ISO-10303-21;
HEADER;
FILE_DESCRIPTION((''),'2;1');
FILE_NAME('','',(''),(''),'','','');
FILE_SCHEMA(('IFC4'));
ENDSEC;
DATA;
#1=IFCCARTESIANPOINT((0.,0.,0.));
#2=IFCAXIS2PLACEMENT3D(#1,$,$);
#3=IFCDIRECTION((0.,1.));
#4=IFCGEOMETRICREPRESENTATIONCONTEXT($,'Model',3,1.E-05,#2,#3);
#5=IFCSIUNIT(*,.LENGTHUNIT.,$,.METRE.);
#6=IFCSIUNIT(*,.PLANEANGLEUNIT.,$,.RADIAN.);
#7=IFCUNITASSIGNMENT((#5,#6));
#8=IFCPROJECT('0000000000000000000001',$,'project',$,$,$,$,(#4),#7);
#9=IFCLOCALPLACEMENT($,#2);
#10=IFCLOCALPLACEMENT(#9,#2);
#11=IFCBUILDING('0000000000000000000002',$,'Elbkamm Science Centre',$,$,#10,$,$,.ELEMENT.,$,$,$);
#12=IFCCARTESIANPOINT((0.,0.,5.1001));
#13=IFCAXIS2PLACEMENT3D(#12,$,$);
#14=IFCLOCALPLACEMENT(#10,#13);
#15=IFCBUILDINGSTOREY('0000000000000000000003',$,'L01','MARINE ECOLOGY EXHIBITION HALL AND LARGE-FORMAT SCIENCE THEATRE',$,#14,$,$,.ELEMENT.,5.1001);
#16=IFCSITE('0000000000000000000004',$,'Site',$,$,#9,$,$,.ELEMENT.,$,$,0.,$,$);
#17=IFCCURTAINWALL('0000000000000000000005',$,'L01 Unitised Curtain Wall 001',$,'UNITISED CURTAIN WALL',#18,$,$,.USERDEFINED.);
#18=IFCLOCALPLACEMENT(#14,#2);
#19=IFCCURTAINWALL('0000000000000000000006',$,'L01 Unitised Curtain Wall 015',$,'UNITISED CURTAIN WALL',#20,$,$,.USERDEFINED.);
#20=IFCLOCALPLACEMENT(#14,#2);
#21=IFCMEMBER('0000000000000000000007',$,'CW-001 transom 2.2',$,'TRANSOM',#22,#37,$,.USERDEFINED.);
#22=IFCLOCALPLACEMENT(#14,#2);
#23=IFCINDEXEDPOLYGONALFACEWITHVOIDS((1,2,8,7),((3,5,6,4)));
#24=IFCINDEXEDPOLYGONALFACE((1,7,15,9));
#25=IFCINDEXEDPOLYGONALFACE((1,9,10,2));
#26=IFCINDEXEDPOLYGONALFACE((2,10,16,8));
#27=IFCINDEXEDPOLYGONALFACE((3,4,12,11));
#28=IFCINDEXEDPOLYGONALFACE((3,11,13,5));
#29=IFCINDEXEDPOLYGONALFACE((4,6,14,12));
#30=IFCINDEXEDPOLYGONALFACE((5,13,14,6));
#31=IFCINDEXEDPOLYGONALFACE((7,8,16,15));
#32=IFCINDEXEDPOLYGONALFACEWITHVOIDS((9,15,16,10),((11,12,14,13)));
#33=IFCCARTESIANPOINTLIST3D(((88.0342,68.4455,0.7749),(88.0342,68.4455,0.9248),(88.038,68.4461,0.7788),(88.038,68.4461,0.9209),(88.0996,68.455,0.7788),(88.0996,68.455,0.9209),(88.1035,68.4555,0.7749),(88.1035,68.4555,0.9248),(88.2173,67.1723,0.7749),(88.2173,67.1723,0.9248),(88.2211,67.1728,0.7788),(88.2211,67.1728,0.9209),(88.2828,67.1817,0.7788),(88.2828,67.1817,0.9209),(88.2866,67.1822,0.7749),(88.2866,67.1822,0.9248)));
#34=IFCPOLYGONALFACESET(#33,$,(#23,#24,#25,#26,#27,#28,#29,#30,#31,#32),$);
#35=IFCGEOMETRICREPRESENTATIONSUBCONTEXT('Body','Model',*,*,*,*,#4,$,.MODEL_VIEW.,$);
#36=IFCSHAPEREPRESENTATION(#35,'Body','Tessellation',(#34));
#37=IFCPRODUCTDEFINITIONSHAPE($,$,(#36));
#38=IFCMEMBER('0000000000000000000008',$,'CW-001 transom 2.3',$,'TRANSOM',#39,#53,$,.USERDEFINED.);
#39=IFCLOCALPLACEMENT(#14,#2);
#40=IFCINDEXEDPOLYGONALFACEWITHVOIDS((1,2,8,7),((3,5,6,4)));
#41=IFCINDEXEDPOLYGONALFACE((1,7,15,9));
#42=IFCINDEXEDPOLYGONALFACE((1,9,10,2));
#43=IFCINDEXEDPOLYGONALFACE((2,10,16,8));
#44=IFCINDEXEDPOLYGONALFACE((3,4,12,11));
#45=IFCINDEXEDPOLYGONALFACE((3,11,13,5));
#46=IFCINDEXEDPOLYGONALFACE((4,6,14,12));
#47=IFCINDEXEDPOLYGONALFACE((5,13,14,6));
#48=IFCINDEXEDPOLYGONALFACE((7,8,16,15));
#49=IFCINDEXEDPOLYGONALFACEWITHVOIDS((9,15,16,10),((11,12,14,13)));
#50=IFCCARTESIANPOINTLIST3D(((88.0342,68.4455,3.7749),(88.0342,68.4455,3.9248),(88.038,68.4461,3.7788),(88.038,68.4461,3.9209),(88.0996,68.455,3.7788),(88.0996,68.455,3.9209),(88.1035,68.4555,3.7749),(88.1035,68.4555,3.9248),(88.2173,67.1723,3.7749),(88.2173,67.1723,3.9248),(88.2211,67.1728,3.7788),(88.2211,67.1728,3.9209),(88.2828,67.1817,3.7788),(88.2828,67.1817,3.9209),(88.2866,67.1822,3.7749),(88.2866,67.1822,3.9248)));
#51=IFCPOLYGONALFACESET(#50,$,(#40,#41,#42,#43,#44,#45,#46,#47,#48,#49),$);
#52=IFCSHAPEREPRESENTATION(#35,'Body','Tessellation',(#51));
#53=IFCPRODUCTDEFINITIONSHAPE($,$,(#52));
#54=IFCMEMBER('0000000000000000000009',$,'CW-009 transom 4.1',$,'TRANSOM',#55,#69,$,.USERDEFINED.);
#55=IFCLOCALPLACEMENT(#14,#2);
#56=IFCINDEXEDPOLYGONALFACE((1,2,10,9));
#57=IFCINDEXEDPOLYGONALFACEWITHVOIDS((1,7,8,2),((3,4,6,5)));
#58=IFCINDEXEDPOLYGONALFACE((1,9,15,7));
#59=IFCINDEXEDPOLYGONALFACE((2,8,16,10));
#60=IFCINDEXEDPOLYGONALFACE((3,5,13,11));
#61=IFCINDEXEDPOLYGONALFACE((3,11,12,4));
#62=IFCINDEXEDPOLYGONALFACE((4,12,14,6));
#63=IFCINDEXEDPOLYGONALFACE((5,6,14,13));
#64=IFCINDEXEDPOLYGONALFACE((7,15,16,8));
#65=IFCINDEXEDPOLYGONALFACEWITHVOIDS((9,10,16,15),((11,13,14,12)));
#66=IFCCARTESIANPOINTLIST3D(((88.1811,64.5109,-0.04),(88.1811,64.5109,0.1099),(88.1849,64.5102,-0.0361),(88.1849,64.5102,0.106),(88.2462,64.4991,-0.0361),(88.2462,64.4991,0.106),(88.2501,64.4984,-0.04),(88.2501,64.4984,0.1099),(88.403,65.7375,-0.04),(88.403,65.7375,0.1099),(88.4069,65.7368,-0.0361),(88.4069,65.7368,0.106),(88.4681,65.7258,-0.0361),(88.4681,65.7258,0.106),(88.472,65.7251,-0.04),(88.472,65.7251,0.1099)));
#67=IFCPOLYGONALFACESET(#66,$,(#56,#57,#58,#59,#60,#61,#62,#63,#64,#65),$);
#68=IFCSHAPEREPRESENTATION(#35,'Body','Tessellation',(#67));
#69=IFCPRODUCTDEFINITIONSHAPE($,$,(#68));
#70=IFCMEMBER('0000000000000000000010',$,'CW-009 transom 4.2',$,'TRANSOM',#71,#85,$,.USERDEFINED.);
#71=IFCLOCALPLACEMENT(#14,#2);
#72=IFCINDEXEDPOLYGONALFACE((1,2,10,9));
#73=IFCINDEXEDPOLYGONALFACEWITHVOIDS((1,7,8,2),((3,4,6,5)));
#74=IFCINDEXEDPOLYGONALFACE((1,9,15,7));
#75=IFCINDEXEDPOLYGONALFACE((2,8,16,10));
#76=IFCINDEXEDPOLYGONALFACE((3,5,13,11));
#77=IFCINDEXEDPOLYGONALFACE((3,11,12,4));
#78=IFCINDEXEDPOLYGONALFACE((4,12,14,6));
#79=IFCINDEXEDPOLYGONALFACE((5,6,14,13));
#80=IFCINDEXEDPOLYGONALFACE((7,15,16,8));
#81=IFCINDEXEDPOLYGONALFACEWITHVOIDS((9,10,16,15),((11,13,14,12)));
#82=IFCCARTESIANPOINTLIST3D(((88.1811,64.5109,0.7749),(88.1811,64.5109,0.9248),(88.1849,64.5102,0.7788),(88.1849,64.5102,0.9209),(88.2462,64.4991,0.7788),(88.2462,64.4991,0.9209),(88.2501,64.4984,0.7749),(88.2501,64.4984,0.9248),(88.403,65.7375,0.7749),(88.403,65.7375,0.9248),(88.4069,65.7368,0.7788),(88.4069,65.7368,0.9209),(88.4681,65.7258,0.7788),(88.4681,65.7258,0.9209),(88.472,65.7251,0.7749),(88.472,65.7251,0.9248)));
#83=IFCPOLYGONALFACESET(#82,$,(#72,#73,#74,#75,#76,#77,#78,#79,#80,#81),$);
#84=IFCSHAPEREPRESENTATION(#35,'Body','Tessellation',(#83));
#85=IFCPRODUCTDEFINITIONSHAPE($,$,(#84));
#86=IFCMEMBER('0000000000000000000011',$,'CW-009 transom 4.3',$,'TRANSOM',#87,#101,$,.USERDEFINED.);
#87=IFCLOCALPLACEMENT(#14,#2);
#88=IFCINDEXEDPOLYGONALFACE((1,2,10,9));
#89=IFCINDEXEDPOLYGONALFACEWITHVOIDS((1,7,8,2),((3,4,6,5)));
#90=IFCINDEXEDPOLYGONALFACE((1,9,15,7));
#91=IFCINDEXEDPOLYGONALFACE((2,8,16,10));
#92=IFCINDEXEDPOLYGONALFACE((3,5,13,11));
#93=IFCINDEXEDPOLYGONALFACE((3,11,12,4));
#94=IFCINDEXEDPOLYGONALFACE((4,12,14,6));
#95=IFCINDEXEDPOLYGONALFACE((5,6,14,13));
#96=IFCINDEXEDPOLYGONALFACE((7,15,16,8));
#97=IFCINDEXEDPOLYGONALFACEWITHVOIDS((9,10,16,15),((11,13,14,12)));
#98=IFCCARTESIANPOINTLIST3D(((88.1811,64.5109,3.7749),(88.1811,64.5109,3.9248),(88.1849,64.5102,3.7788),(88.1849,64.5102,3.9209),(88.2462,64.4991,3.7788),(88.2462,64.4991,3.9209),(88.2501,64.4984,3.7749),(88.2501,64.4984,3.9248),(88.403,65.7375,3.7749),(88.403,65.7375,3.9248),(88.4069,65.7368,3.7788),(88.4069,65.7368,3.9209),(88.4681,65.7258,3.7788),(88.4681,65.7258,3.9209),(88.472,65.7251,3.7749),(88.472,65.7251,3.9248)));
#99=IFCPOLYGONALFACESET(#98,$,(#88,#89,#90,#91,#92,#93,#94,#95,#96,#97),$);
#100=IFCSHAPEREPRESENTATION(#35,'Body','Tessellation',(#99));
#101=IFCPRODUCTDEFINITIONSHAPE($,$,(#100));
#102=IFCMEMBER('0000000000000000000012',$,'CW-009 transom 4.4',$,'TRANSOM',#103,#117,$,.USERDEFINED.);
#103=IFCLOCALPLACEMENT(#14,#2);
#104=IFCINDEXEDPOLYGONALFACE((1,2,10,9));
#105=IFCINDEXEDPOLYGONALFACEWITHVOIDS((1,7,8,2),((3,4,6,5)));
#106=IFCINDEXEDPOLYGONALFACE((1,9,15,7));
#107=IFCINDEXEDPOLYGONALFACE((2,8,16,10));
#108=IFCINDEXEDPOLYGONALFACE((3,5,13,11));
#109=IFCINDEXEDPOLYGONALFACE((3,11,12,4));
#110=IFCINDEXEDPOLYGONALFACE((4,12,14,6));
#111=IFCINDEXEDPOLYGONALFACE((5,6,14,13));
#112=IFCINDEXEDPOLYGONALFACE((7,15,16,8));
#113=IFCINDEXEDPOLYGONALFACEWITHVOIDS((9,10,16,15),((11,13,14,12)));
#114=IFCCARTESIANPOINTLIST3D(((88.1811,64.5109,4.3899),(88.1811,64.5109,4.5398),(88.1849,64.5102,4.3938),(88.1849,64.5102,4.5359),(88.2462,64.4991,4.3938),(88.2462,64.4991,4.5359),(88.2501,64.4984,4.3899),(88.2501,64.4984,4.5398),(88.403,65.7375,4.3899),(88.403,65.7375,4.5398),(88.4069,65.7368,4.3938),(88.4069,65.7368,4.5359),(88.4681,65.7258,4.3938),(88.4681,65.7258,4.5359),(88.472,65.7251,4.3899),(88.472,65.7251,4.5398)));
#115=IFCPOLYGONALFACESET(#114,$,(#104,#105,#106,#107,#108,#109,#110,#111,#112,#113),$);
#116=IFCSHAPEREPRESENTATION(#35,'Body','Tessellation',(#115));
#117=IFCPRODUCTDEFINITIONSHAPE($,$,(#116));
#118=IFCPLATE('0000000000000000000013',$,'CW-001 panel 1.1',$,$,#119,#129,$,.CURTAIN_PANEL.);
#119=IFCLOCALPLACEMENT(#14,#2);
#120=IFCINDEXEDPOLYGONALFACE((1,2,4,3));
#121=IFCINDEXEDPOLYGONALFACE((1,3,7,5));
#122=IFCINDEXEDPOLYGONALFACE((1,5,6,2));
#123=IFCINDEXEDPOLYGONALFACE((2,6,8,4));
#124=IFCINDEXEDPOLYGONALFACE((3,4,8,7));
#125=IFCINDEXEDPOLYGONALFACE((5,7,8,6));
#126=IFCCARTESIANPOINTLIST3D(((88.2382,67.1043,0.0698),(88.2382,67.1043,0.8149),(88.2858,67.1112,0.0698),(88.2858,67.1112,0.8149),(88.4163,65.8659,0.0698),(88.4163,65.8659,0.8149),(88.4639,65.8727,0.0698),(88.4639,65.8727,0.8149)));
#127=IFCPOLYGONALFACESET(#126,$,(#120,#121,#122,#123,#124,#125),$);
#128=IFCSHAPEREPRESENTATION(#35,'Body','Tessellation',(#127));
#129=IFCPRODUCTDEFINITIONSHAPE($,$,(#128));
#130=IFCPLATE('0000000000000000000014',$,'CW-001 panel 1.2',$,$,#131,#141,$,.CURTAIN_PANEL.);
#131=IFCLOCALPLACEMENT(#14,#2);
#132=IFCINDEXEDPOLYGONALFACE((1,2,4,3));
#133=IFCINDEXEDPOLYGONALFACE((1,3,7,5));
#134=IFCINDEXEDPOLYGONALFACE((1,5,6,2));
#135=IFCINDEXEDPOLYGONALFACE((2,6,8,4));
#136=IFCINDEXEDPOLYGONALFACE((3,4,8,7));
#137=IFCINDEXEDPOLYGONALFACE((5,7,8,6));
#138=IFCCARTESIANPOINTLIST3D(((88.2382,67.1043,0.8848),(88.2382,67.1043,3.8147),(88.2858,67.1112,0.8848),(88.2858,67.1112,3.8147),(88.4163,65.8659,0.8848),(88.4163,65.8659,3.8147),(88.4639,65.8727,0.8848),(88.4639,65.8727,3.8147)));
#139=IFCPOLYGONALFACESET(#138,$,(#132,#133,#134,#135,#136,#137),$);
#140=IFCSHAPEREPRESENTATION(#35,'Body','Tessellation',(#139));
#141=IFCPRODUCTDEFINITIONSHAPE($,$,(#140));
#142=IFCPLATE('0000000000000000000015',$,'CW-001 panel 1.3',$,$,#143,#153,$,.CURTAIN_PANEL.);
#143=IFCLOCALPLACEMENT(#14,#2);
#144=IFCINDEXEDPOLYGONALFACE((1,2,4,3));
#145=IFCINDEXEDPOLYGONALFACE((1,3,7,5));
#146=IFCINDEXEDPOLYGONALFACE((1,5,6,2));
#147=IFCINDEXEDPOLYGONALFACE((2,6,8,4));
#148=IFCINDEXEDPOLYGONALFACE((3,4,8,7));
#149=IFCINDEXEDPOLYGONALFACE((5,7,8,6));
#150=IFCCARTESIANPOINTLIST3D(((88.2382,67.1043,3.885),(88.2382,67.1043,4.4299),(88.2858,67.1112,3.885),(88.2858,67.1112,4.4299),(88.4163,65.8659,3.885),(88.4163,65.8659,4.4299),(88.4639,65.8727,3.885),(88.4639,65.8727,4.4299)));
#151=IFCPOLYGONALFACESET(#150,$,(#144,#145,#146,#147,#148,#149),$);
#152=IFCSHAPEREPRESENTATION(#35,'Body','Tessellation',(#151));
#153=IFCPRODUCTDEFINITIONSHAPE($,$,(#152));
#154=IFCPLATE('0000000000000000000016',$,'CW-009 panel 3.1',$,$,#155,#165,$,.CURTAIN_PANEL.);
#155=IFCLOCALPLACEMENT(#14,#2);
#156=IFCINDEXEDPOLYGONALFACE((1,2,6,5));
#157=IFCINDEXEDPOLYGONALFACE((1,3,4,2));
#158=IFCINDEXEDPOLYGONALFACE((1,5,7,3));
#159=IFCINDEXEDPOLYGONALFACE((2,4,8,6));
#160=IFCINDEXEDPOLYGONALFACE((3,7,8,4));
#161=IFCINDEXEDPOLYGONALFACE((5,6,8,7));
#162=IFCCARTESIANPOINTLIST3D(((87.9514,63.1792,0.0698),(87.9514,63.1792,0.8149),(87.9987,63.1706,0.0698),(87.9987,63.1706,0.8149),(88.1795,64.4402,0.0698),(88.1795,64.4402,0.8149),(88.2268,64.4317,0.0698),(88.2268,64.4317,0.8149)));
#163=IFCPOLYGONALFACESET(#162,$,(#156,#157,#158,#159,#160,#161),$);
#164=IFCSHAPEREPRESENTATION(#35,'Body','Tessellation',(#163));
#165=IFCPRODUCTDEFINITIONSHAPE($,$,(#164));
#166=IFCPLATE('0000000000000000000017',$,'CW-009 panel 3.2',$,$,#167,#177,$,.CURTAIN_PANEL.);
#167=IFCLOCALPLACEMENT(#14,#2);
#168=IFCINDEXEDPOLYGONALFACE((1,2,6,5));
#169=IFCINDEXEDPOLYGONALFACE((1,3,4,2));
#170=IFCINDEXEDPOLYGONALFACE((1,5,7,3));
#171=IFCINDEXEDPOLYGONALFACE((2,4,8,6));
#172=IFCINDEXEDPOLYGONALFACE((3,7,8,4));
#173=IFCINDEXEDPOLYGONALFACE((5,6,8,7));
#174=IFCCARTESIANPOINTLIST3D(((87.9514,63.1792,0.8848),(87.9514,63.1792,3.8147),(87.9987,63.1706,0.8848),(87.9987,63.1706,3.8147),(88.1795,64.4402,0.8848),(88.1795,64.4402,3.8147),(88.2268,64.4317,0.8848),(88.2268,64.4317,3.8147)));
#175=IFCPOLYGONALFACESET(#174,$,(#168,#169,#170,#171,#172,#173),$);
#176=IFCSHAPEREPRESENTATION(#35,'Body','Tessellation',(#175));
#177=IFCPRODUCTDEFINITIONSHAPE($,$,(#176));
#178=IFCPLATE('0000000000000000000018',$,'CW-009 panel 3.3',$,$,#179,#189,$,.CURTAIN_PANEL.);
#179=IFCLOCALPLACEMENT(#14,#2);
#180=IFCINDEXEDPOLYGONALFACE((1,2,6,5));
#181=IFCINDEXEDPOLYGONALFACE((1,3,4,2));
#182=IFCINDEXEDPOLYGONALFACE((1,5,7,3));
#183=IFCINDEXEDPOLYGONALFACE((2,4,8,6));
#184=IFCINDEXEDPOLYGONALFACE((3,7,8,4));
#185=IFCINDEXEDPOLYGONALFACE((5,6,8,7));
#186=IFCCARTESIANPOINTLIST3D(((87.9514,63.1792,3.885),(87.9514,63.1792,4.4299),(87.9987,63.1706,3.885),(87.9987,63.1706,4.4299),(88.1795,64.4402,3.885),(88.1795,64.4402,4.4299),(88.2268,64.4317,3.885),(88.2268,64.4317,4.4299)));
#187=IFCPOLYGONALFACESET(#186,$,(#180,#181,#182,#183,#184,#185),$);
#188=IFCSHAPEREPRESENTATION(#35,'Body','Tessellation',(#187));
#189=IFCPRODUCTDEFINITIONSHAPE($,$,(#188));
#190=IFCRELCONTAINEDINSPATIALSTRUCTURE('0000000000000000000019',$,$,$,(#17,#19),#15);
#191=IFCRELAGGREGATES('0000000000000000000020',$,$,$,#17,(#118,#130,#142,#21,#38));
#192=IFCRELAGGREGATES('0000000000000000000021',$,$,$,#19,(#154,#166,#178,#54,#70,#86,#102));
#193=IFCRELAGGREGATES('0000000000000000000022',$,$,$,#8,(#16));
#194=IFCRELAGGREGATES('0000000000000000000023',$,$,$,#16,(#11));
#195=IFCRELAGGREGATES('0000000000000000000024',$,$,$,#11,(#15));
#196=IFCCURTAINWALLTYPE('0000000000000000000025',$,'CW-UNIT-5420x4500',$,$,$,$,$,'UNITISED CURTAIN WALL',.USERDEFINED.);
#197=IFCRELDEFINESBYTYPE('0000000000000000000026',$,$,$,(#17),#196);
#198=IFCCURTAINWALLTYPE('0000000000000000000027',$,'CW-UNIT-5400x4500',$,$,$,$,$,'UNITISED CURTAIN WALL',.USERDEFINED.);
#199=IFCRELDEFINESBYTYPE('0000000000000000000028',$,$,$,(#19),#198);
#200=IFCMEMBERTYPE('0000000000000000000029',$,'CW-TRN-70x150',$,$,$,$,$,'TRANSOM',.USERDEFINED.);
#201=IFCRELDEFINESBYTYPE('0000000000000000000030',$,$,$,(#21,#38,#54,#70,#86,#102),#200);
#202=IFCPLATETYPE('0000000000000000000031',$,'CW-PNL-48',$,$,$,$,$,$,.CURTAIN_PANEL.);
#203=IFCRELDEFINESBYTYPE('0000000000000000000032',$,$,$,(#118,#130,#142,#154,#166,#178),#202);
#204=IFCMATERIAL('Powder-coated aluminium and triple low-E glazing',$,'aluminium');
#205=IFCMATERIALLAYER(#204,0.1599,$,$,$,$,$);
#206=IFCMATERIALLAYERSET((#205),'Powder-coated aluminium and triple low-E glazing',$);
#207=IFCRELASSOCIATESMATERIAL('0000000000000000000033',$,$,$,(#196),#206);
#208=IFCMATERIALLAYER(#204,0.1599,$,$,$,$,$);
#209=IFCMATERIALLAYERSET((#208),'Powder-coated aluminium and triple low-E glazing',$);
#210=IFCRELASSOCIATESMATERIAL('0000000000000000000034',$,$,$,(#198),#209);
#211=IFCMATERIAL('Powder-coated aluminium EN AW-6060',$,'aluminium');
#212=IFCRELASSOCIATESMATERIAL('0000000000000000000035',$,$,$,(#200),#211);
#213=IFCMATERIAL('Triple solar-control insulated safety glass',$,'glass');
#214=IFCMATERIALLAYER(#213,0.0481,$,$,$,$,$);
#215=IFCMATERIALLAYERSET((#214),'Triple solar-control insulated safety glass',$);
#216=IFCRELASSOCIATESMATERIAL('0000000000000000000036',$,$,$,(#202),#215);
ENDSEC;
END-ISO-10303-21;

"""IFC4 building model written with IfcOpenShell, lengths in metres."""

from ifc_helpers import new_model, si_unit, direction, frame, origin, origin_2d, place, context, subcontext, project, spatial, rectangle, hollow_rectangle, extrude, material, layer, layer_set, material_profile, profile_set, type_object, element, aggregate, save


model = new_model("IFC4")

# Units and contexts
model_context = context("Model", 3, precision=1e-05, world=origin(), true_north=direction((0.0, 1.0)))
body_context = subcontext(model_context, "Body", "Model", "MODEL_VIEW")
ifc_project = project(units=[si_unit("LENGTHUNIT", "METRE"), si_unit("PLANEANGLEUNIT", "RADIAN")], contexts=[model_context])

# Site, building, storey
site_placement = place(None, origin())
site = spatial("IfcSite", under=ifc_project, at=site_placement, Name="Site", CompositionType="ELEMENT", RefElevation=0.0)
building_placement = place(site_placement, origin())
building = spatial("IfcBuilding", under=site, at=building_placement, Name="Elbkamm Science Centre", CompositionType="ELEMENT")
storey_placement = place(building_placement, frame((0.0, 0.0, 5.1001)))
storey = spatial("IfcBuildingStorey", under=building, at=storey_placement, Name="L01", Description="MARINE ECOLOGY EXHIBITION HALL AND LARGE-FORMAT SCIENCE THEATRE", CompositionType="ELEMENT", Elevation=5.1001)

# Curtain walls
ifc_material_1 = material(Name="Powder-coated aluminium and triple low-E glazing", Category="aluminium")
ifc_layer_1 = layer(ifc_material_1, 0.1599)
ifc_layer_set_1 = layer_set([ifc_layer_1], Name="Powder-coated aluminium and triple low-E glazing")
curtain_wall_type_1 = type_object("IfcCurtainWallType", Name="CW-UNIT-5420x4500", ElementType="UNITISED CURTAIN WALL", PredefinedType="USERDEFINED", material=ifc_layer_set_1)
curtain_wall_1_placement = place(storey_placement, origin())
curtain_wall_1 = element("IfcCurtainWall", 1, at=curtain_wall_1_placement, inside=storey, type_object=curtain_wall_type_1, Name="L01 Unitised Curtain Wall 001", ObjectType="UNITISED CURTAIN WALL", PredefinedType="USERDEFINED")
ifc_material_2 = material(Name="Powder-coated aluminium EN AW-6060", Category="aluminium")
ifc_layer_2 = layer(ifc_material_1, 0.1599)
ifc_layer_set_2 = layer_set([ifc_layer_2], Name="Powder-coated aluminium and triple low-E glazing")
curtain_wall_type_2 = type_object("IfcCurtainWallType", Name="CW-UNIT-5400x4500", ElementType="UNITISED CURTAIN WALL", PredefinedType="USERDEFINED", material=ifc_layer_set_2)
curtain_wall_2_placement = place(storey_placement, origin())
curtain_wall_2 = element("IfcCurtainWall", 2, at=curtain_wall_2_placement, inside=storey, type_object=curtain_wall_type_2, Name="L01 Unitised Curtain Wall 015", ObjectType="UNITISED CURTAIN WALL", PredefinedType="USERDEFINED")

# Members
ifc_material_profile_1 = material_profile(ifc_material_2, hollow_rectangle(XDim=0.0701, YDim=0.1499, WallThickness=0.0039, at=origin_2d()), Name="ALU T70x150")
ifc_profile_set_1 = profile_set([ifc_material_profile_1], Name="Powder-coated aluminium EN AW-6060")
member_type_1 = type_object("IfcMemberType", Name="CW-TRN-70x150", ElementType="TRANSOM", PredefinedType="USERDEFINED", material=ifc_profile_set_1)
member_1_placement = place(storey_placement, frame((88.252, 67.1772, 0.8499), z_axis=(-0.142351, 0.989816, 0.0), x_axis=(-0.989816, -0.142351, 0.0)))
member_1 = element("IfcMember", 3, at=member_1_placement, type_object=member_type_1, Name="CW-001 transom 2.2", ObjectType="TRANSOM", PredefinedType="USERDEFINED", context=body_context, shape_type="SweptSolid", body=[
    extrude(hollow_rectangle(XDim=0.0701, YDim=0.1499, WallThickness=0.0039, at=origin_2d()), origin(), (0.0, 0.0, 1.0), 1.2864),
])
member_2_placement = place(storey_placement, frame((88.252, 67.1772, 3.8499), z_axis=(-0.142351, 0.989816, 0.0), x_axis=(-0.989816, -0.142351, 0.0)))
member_2 = element("IfcMember", 4, at=member_2_placement, type_object=member_type_1, Name="CW-001 transom 2.3", ObjectType="TRANSOM", PredefinedType="USERDEFINED", context=body_context, shape_type="SweptSolid", body=[
    extrude(hollow_rectangle(XDim=0.0701, YDim=0.1499, WallThickness=0.0039, at=origin_2d()), origin(), (0.0, 0.0, 1.0), 1.2864),
])
member_3_placement = place(storey_placement, frame((88.2156, 64.5046, 0.0349), z_axis=(0.178041, 0.984023, 0.0), x_axis=(-0.984023, 0.178041, 0.0)))
member_3 = element("IfcMember", 5, at=member_3_placement, type_object=member_type_1, Name="CW-009 transom 4.1", ObjectType="TRANSOM", PredefinedType="USERDEFINED", context=body_context, shape_type="SweptSolid", body=[
    extrude(hollow_rectangle(XDim=0.0701, YDim=0.1499, WallThickness=0.0039, at=origin_2d()), origin(), (0.0, 0.0, 1.0), 1.2466),
])
member_4_placement = place(storey_placement, frame((88.2156, 64.5046, 0.8499), z_axis=(0.178041, 0.984023, 0.0), x_axis=(-0.984023, 0.178041, 0.0)))
member_4 = element("IfcMember", 6, at=member_4_placement, type_object=member_type_1, Name="CW-009 transom 4.2", ObjectType="TRANSOM", PredefinedType="USERDEFINED", context=body_context, shape_type="SweptSolid", body=[
    extrude(hollow_rectangle(XDim=0.0701, YDim=0.1499, WallThickness=0.0039, at=origin_2d()), origin(), (0.0, 0.0, 1.0), 1.2466),
])
member_5_placement = place(storey_placement, frame((88.2156, 64.5046, 3.8499), z_axis=(0.178041, 0.984023, 0.0), x_axis=(-0.984023, 0.178041, 0.0)))
member_5 = element("IfcMember", 7, at=member_5_placement, type_object=member_type_1, Name="CW-009 transom 4.3", ObjectType="TRANSOM", PredefinedType="USERDEFINED", context=body_context, shape_type="SweptSolid", body=[
    extrude(hollow_rectangle(XDim=0.0701, YDim=0.1499, WallThickness=0.0039, at=origin_2d()), origin(), (0.0, 0.0, 1.0), 1.2466),
])
member_6_placement = place(storey_placement, frame((88.2156, 64.5046, 4.4648), z_axis=(0.178041, 0.984023, 0.0), x_axis=(-0.984023, 0.178041, 0.0)))
member_6 = element("IfcMember", 8, at=member_6_placement, type_object=member_type_1, Name="CW-009 transom 4.4", ObjectType="TRANSOM", PredefinedType="USERDEFINED", context=body_context, shape_type="SweptSolid", body=[
    extrude(hollow_rectangle(XDim=0.0701, YDim=0.1499, WallThickness=0.0039, at=origin_2d()), origin(), (0.0, 0.0, 1.0), 1.2466),
])

# Plates
ifc_material_3 = material(Name="Triple solar-control insulated safety glass", Category="glass")
ifc_layer_3 = layer(ifc_material_3, 0.0481)
ifc_layer_set_3 = layer_set([ifc_layer_3], Name="Triple solar-control insulated safety glass")
plate_type = type_object("IfcPlateType", Name="CW-PNL-48", PredefinedType="CURTAIN_PANEL", material=ifc_layer_set_3)
plate_1_placement = place(storey_placement, frame((88.3511, 66.4885, 0.0698), z_axis=(0.0, 0.0, 1.0), x_axis=(-0.142332, 0.989819, 0.0)))
plate_1 = element("IfcPlate", 9, at=plate_1_placement, type_object=plate_type, Name="CW-001 panel 1.1", PredefinedType="CURTAIN_PANEL", context=body_context, shape_type="SweptSolid", body=[
    extrude(rectangle(XDim=1.2512, YDim=0.0481, at=origin_2d()), origin(), (0.0, 0.0, 1.0), 0.7451),
])
plate_2_placement = place(storey_placement, frame((88.3511, 66.4885, 0.8848), z_axis=(0.0, 0.0, 1.0), x_axis=(-0.142332, 0.989819, 0.0)))
plate_2 = element("IfcPlate", 10, at=plate_2_placement, type_object=plate_type, Name="CW-001 panel 1.2", PredefinedType="CURTAIN_PANEL", context=body_context, shape_type="SweptSolid", body=[
    extrude(rectangle(XDim=1.2512, YDim=0.0481, at=origin_2d()), origin(), (0.0, 0.0, 1.0), 2.9299),
])
plate_3_placement = place(storey_placement, frame((88.3511, 66.4885, 3.885), z_axis=(0.0, 0.0, 1.0), x_axis=(-0.142332, 0.989819, 0.0)))
plate_3 = element("IfcPlate", 11, at=plate_3_placement, type_object=plate_type, Name="CW-001 panel 1.3", PredefinedType="CURTAIN_PANEL", context=body_context, shape_type="SweptSolid", body=[
    extrude(rectangle(XDim=1.2512, YDim=0.0481, at=origin_2d()), origin(), (0.0, 0.0, 1.0), 0.5449),
])
aggregate(curtain_wall_1, [plate_1, plate_2, plate_3, member_1, member_2])
plate_4_placement = place(storey_placement, frame((88.0891, 63.8054, 0.0698), z_axis=(0.0, 0.0, 1.0), x_axis=(0.178003, 0.98403, 0.0)))
plate_4 = element("IfcPlate", 12, at=plate_4_placement, type_object=plate_type, Name="CW-009 panel 3.1", PredefinedType="CURTAIN_PANEL", context=body_context, shape_type="SweptSolid", body=[
    extrude(rectangle(XDim=1.2815, YDim=0.0481, at=origin_2d()), origin(), (0.0, 0.0, 1.0), 0.7451),
])
plate_5_placement = place(storey_placement, frame((88.0891, 63.8054, 0.8848), z_axis=(0.0, 0.0, 1.0), x_axis=(0.178003, 0.98403, 0.0)))
plate_5 = element("IfcPlate", 13, at=plate_5_placement, type_object=plate_type, Name="CW-009 panel 3.2", PredefinedType="CURTAIN_PANEL", context=body_context, shape_type="SweptSolid", body=[
    extrude(rectangle(XDim=1.2815, YDim=0.0481, at=origin_2d()), origin(), (0.0, 0.0, 1.0), 2.9299),
])
plate_6_placement = place(storey_placement, frame((88.0891, 63.8054, 3.885), z_axis=(0.0, 0.0, 1.0), x_axis=(0.178003, 0.98403, 0.0)))
plate_6 = element("IfcPlate", 14, at=plate_6_placement, type_object=plate_type, Name="CW-009 panel 3.3", PredefinedType="CURTAIN_PANEL", context=body_context, shape_type="SweptSolid", body=[
    extrude(rectangle(XDim=1.2815, YDim=0.0481, at=origin_2d()), origin(), (0.0, 0.0, 1.0), 0.5449),
])
aggregate(curtain_wall_2, [plate_4, plate_5, plate_6, member_3, member_4, member_5, member_6])

save(model, "model.ifc")
